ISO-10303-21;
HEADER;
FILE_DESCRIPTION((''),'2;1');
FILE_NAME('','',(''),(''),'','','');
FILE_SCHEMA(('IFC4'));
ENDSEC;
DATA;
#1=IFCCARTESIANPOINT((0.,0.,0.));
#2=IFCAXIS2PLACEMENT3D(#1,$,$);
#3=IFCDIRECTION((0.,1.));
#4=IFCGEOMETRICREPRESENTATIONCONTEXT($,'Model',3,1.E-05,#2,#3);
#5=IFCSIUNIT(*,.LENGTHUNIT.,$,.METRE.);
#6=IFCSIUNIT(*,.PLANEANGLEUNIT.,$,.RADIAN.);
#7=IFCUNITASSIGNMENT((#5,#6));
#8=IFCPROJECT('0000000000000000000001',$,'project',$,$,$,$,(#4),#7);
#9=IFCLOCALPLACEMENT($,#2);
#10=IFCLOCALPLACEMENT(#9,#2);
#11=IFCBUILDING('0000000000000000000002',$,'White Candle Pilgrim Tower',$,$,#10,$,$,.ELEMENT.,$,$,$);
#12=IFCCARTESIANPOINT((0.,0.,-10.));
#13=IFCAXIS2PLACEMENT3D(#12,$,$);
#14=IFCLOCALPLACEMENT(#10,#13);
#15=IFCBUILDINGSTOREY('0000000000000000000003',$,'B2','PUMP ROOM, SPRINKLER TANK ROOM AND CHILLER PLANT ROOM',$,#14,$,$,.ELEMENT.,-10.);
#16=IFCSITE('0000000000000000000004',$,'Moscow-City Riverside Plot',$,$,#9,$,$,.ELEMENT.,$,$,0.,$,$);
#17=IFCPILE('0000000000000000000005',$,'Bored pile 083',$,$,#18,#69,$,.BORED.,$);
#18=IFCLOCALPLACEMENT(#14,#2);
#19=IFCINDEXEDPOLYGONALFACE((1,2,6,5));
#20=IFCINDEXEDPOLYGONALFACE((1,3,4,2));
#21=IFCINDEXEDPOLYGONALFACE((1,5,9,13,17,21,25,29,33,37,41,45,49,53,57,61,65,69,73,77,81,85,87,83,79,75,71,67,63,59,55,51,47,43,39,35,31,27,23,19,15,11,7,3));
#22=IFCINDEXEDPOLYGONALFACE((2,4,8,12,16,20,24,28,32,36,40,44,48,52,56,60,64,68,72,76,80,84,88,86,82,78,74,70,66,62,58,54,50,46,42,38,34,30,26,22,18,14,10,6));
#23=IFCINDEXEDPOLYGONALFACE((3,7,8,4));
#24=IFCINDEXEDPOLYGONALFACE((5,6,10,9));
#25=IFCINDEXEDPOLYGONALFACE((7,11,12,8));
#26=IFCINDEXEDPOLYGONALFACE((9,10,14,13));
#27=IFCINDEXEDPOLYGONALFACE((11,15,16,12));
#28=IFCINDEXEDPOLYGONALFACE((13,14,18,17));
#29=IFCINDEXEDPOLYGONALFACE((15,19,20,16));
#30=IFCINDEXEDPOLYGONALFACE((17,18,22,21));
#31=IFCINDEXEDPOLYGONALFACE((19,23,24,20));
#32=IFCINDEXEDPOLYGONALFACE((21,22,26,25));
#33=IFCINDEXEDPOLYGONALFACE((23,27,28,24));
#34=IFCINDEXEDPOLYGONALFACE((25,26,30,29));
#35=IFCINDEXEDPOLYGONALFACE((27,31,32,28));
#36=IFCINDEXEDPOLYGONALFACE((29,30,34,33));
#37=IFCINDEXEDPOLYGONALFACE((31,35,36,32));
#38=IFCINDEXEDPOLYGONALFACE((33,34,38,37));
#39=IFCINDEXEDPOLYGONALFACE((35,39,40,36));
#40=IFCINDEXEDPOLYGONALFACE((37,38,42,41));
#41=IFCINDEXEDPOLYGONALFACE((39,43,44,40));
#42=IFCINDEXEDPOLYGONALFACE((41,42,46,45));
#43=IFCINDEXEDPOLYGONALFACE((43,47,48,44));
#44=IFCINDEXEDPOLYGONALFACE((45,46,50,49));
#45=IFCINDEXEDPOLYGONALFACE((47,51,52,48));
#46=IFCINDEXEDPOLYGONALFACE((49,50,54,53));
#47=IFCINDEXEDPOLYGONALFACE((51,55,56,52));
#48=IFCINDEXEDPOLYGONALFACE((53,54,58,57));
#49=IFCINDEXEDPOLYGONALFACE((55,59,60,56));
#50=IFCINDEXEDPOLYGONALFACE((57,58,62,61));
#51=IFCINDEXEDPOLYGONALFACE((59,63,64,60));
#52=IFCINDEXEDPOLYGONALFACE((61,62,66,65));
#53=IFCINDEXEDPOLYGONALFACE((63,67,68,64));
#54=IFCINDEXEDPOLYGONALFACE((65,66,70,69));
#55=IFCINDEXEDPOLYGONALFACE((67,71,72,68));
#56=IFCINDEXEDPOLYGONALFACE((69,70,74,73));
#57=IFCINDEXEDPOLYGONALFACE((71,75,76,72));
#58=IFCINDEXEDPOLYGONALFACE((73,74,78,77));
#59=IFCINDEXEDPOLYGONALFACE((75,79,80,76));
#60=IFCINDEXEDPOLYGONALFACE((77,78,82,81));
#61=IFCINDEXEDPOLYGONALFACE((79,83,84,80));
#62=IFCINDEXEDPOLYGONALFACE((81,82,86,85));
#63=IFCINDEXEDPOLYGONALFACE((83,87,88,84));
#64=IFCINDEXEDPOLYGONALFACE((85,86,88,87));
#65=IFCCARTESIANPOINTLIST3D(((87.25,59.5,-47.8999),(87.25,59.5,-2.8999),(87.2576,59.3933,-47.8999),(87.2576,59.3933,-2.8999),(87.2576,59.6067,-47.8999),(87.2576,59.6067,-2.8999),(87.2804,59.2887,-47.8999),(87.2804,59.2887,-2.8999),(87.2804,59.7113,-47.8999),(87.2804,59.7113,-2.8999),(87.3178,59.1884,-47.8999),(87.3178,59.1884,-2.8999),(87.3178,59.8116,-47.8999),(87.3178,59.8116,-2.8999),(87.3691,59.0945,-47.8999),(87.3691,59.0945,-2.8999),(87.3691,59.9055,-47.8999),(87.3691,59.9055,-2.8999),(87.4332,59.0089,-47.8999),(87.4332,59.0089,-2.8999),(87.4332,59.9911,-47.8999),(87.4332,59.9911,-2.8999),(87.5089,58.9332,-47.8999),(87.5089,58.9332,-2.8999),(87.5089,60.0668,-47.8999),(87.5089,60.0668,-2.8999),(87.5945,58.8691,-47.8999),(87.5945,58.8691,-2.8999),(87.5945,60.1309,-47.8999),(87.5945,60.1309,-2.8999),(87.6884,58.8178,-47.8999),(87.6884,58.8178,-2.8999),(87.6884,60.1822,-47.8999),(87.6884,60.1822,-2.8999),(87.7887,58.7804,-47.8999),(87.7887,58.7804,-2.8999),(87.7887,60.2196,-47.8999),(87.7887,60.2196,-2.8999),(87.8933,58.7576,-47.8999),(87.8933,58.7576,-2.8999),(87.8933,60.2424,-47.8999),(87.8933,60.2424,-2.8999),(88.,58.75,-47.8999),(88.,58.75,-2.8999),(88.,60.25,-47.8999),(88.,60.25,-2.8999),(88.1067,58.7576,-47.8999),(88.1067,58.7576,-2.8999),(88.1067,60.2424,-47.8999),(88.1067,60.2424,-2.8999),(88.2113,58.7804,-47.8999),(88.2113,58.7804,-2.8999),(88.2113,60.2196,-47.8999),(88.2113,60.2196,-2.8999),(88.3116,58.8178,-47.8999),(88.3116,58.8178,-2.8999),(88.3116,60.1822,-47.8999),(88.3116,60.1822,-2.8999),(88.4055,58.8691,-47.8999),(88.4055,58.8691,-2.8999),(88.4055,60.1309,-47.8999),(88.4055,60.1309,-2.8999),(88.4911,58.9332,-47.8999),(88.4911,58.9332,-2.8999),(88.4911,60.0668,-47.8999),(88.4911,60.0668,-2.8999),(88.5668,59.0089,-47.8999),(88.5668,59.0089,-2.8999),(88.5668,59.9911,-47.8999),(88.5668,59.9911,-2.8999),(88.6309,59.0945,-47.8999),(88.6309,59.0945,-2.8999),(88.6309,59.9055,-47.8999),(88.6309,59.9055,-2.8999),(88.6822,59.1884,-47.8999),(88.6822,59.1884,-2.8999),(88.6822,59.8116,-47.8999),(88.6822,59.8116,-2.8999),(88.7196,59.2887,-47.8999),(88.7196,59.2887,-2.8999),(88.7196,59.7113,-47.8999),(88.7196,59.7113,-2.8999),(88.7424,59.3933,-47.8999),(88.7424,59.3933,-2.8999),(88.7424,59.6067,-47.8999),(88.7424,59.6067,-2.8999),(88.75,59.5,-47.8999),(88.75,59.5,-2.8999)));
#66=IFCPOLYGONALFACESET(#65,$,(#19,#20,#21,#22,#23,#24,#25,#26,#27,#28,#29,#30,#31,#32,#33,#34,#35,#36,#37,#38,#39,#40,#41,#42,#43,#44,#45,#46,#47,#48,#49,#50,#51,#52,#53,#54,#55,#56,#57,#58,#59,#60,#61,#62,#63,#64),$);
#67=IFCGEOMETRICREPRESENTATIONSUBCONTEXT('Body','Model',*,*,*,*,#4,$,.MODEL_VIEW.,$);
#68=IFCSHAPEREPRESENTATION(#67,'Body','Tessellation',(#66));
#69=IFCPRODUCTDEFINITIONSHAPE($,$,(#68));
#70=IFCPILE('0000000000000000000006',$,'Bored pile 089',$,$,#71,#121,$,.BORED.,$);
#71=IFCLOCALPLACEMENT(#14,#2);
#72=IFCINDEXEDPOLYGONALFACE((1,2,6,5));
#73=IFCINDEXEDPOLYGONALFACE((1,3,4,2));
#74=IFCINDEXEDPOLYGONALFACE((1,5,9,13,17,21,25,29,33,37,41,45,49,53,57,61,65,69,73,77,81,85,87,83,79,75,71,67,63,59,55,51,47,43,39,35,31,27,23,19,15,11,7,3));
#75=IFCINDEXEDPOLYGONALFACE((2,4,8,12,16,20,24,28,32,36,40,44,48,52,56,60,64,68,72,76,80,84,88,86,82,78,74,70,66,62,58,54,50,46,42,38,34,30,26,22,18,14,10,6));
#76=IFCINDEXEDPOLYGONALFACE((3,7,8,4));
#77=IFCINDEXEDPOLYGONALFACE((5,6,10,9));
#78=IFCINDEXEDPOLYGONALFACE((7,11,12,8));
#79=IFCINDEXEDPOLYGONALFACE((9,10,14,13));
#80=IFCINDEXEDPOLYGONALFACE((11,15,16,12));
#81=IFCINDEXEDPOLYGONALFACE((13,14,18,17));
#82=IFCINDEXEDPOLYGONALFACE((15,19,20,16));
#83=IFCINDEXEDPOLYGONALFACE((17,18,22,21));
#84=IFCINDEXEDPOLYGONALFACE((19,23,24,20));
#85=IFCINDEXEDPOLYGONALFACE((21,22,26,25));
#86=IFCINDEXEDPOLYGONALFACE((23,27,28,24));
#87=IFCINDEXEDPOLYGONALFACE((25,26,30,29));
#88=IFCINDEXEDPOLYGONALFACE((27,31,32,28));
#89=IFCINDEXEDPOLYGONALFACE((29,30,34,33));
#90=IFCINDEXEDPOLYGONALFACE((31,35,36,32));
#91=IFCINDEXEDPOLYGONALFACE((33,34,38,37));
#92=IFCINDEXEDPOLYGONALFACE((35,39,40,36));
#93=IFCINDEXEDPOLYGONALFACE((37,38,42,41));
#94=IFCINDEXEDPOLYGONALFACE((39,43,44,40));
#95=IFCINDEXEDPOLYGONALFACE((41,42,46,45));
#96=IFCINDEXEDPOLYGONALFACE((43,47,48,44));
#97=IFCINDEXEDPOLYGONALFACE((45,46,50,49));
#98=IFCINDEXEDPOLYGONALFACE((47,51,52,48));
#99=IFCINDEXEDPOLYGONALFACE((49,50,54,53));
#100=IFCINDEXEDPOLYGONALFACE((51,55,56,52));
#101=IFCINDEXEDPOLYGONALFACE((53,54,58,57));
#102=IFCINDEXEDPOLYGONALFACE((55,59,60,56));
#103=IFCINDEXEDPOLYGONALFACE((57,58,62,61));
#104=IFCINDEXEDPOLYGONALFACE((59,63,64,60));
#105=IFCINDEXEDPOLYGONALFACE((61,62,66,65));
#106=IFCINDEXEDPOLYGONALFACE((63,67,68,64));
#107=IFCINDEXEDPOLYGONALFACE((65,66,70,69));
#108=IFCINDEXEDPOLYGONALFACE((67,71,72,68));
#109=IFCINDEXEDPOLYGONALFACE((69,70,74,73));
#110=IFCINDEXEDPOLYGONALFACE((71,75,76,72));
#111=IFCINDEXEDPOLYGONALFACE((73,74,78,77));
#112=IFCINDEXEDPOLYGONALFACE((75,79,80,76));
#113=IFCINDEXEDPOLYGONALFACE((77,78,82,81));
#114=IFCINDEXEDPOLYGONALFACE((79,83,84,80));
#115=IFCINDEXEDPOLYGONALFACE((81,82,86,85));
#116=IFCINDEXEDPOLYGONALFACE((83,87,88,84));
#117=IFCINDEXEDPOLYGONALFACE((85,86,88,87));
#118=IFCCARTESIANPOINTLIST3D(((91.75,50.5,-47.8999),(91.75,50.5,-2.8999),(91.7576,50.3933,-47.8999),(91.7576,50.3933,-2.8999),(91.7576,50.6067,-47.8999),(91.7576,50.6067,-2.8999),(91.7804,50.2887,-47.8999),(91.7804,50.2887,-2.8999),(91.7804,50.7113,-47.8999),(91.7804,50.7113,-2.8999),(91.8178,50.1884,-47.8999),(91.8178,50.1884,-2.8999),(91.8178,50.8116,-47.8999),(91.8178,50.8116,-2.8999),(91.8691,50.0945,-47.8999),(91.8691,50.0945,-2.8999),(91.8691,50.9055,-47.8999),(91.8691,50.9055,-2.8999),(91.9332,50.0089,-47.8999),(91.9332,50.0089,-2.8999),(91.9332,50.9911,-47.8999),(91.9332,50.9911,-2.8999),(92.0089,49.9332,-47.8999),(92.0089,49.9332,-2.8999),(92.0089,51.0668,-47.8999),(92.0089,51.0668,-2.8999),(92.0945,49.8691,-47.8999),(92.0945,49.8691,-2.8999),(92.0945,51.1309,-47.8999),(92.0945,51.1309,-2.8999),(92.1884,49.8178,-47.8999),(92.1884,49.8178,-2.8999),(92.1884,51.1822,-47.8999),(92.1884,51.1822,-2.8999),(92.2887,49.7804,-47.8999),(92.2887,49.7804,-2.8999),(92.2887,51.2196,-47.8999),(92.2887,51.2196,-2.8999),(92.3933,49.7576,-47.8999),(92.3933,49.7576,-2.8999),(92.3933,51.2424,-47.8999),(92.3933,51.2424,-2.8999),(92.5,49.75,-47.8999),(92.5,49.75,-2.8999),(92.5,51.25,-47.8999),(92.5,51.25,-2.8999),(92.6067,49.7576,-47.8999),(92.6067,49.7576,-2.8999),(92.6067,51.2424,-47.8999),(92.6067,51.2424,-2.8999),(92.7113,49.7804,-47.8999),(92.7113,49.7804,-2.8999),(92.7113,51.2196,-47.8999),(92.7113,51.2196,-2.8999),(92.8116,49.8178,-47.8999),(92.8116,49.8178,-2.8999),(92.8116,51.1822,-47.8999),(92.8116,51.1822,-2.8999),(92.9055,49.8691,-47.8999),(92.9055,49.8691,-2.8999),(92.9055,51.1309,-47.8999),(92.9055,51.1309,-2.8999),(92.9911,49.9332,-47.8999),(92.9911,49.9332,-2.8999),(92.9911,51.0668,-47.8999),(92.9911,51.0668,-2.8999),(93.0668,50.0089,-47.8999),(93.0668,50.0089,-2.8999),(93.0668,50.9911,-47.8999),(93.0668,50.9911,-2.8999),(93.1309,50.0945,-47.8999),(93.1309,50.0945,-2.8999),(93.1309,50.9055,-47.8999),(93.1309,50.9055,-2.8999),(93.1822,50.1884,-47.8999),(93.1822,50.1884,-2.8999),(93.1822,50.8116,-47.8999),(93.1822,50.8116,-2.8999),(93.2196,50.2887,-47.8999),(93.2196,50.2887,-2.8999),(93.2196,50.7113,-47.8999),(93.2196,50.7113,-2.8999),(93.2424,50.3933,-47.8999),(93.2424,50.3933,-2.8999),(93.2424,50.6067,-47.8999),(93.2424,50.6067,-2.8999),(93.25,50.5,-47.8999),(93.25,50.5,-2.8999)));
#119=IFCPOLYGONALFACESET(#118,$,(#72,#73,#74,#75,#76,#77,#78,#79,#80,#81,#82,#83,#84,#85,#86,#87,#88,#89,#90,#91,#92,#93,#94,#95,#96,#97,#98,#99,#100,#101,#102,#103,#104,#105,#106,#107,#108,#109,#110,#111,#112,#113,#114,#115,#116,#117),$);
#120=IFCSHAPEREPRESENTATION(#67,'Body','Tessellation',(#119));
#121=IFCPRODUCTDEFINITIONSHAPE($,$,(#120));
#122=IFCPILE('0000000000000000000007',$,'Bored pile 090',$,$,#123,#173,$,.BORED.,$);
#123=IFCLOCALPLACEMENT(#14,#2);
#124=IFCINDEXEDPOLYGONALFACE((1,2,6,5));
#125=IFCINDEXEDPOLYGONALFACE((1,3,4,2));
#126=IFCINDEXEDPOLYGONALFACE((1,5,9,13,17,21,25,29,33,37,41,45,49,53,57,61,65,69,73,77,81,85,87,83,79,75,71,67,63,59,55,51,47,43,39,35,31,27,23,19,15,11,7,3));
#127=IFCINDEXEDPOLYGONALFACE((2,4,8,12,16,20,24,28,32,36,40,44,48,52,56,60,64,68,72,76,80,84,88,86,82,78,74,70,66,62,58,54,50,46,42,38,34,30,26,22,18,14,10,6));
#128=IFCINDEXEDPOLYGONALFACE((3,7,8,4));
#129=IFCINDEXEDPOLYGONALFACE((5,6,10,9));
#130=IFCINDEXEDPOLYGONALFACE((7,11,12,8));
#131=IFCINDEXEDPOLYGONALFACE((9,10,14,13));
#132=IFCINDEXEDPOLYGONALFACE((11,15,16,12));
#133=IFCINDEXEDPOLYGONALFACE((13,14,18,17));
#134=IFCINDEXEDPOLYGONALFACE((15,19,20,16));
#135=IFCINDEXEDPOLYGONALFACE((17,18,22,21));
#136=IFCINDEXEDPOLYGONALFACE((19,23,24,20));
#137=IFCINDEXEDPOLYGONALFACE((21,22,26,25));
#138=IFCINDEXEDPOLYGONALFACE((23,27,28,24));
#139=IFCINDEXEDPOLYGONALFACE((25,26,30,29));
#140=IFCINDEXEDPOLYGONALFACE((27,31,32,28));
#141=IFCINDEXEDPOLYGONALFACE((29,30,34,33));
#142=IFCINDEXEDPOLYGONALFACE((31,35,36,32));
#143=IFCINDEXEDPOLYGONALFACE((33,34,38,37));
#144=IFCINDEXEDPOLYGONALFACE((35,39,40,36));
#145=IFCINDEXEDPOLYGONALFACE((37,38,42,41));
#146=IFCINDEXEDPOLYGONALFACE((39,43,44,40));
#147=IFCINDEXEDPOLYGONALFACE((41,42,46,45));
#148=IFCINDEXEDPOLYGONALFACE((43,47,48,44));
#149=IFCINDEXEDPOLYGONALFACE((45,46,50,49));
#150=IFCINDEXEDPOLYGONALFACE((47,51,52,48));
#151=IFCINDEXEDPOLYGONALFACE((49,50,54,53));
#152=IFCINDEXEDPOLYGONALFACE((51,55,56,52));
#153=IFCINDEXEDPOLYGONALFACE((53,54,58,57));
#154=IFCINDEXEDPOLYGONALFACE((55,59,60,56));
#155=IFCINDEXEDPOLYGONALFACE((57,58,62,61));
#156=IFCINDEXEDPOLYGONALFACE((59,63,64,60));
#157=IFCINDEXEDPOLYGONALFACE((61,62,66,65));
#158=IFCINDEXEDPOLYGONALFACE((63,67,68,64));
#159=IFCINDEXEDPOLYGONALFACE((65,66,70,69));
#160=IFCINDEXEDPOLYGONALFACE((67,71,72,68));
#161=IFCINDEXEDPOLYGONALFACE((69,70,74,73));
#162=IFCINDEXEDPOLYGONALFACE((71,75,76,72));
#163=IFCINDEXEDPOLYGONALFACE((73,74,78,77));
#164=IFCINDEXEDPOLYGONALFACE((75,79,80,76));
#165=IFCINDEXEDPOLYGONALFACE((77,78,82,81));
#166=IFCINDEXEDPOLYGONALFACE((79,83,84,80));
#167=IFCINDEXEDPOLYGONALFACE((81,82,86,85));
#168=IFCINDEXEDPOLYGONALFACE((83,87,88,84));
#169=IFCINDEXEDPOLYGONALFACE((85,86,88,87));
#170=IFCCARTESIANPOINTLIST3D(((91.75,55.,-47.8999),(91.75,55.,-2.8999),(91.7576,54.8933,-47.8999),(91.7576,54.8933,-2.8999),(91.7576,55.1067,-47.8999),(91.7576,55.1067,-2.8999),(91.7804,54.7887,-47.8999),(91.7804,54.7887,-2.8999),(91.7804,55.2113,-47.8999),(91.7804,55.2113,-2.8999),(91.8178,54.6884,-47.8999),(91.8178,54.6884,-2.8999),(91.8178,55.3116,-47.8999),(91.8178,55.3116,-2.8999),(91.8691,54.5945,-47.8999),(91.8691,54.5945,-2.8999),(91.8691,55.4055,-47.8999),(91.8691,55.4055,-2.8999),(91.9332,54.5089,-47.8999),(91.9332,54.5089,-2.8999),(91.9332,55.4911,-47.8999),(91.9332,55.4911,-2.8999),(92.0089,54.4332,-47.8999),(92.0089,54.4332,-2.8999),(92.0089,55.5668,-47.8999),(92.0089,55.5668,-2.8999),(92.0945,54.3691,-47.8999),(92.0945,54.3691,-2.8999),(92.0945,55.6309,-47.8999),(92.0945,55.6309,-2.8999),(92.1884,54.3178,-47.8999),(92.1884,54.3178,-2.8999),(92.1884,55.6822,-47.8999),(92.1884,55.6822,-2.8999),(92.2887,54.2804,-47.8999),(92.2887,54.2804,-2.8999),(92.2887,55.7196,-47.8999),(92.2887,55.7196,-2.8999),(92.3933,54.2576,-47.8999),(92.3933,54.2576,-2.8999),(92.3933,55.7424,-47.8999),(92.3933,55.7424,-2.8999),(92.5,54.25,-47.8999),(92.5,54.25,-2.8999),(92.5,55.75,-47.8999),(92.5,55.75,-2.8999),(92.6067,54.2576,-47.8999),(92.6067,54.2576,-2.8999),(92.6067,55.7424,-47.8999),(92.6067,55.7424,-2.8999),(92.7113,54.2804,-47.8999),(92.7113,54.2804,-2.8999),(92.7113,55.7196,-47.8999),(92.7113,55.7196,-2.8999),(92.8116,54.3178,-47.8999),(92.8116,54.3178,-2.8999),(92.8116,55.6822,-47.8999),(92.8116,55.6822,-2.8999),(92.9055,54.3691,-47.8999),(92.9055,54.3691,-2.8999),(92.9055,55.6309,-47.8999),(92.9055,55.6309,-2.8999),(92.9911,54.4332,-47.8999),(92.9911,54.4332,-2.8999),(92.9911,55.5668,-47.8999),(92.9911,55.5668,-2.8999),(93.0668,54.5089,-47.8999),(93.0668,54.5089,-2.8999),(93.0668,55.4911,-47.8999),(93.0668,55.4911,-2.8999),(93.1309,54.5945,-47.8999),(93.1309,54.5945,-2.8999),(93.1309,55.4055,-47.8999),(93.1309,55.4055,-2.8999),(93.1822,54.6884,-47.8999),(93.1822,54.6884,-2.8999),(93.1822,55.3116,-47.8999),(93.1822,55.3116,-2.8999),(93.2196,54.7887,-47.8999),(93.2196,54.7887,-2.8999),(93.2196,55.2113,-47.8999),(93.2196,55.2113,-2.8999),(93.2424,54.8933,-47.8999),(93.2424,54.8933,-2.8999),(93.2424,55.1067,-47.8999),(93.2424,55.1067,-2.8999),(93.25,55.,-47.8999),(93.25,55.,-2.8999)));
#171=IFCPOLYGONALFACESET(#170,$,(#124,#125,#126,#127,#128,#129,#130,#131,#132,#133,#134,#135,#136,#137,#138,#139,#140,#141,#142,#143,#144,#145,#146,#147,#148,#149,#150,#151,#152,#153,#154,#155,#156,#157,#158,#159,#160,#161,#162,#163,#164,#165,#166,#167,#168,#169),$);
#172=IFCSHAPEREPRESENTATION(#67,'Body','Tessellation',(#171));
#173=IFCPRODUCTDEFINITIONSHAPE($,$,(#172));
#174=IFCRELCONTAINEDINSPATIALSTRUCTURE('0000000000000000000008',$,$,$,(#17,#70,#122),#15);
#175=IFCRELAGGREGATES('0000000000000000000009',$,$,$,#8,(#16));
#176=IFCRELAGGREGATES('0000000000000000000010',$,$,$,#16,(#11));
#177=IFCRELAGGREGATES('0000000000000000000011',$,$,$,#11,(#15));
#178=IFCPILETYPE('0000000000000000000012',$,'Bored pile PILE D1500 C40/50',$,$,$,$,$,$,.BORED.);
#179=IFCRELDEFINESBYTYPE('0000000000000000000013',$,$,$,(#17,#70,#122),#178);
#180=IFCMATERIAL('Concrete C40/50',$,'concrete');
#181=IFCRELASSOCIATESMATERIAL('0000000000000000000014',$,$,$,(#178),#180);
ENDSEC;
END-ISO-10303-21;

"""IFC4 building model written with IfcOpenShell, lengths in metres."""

from ifc_helpers import new_model, si_unit, direction, frame, origin, origin_2d, place, context, subcontext, project, spatial, circle, extrude, material, material_profile, profile_set, type_object, element, save


model = new_model("IFC4")

# Units and contexts
model_context = context("Model", 3, precision=1e-05, world=origin(), true_north=direction((0.0, 1.0)))
body_context = subcontext(model_context, "Body", "Model", "MODEL_VIEW")
ifc_project = project(units=[si_unit("LENGTHUNIT", "METRE"), si_unit("PLANEANGLEUNIT", "RADIAN")], contexts=[model_context])

# Site, building, storey
site_placement = place(None, origin())
site = spatial("IfcSite", under=ifc_project, at=site_placement, Name="Moscow-City Riverside Plot", CompositionType="ELEMENT", RefElevation=0.0)
building_placement = place(site_placement, origin())
building = spatial("IfcBuilding", under=site, at=building_placement, Name="White Candle Pilgrim Tower", CompositionType="ELEMENT")
storey_placement = place(building_placement, frame((0.0, 0.0, -10.0)))
storey = spatial("IfcBuildingStorey", under=building, at=storey_placement, Name="B2", Description="PUMP ROOM, SPRINKLER TANK ROOM AND CHILLER PLANT ROOM", CompositionType="ELEMENT", Elevation=-10.0)

# Piles
ifc_material_1 = material(Name="Concrete C40/50", Category="concrete")
ifc_material_profile_1 = material_profile(ifc_material_1, circle(Radius=0.75, at=origin_2d()), Name="PILE D1500")
ifc_profile_set_1 = profile_set([ifc_material_profile_1], Name="Concrete C40/50")
pile_type_1 = type_object("IfcPileType", Name="Bored pile PILE D1500 C40/50", PredefinedType="BORED", material=ifc_profile_set_1)
for number, where, z_axis, x_axis, name in (
    (1, (88.0, 59.5, -2.8999), (0.0, 0.0, -1.0), (1.0, 0.0, 0.0), "Bored pile 083"),
    (2, (92.5, 50.5, -2.8999), (0.0, 0.0, -1.0), (1.0, 0.0, 0.0), "Bored pile 089"),
    (3, (92.5, 55.0, -2.8999), (0.0, 0.0, -1.0), (1.0, 0.0, 0.0), "Bored pile 090"),
):
    element("IfcPile", number, at=place(storey_placement, frame(where, z_axis=z_axis, x_axis=x_axis)), inside=storey, type_object=pile_type_1, Name=name, PredefinedType="BORED", context=body_context, shape_type="SweptSolid", body=[
        extrude(circle(Radius=0.75, at=origin_2d()), origin(), (0.0, 0.0, 1.0), 45.0),
    ])

save(model, "model.ifc")
